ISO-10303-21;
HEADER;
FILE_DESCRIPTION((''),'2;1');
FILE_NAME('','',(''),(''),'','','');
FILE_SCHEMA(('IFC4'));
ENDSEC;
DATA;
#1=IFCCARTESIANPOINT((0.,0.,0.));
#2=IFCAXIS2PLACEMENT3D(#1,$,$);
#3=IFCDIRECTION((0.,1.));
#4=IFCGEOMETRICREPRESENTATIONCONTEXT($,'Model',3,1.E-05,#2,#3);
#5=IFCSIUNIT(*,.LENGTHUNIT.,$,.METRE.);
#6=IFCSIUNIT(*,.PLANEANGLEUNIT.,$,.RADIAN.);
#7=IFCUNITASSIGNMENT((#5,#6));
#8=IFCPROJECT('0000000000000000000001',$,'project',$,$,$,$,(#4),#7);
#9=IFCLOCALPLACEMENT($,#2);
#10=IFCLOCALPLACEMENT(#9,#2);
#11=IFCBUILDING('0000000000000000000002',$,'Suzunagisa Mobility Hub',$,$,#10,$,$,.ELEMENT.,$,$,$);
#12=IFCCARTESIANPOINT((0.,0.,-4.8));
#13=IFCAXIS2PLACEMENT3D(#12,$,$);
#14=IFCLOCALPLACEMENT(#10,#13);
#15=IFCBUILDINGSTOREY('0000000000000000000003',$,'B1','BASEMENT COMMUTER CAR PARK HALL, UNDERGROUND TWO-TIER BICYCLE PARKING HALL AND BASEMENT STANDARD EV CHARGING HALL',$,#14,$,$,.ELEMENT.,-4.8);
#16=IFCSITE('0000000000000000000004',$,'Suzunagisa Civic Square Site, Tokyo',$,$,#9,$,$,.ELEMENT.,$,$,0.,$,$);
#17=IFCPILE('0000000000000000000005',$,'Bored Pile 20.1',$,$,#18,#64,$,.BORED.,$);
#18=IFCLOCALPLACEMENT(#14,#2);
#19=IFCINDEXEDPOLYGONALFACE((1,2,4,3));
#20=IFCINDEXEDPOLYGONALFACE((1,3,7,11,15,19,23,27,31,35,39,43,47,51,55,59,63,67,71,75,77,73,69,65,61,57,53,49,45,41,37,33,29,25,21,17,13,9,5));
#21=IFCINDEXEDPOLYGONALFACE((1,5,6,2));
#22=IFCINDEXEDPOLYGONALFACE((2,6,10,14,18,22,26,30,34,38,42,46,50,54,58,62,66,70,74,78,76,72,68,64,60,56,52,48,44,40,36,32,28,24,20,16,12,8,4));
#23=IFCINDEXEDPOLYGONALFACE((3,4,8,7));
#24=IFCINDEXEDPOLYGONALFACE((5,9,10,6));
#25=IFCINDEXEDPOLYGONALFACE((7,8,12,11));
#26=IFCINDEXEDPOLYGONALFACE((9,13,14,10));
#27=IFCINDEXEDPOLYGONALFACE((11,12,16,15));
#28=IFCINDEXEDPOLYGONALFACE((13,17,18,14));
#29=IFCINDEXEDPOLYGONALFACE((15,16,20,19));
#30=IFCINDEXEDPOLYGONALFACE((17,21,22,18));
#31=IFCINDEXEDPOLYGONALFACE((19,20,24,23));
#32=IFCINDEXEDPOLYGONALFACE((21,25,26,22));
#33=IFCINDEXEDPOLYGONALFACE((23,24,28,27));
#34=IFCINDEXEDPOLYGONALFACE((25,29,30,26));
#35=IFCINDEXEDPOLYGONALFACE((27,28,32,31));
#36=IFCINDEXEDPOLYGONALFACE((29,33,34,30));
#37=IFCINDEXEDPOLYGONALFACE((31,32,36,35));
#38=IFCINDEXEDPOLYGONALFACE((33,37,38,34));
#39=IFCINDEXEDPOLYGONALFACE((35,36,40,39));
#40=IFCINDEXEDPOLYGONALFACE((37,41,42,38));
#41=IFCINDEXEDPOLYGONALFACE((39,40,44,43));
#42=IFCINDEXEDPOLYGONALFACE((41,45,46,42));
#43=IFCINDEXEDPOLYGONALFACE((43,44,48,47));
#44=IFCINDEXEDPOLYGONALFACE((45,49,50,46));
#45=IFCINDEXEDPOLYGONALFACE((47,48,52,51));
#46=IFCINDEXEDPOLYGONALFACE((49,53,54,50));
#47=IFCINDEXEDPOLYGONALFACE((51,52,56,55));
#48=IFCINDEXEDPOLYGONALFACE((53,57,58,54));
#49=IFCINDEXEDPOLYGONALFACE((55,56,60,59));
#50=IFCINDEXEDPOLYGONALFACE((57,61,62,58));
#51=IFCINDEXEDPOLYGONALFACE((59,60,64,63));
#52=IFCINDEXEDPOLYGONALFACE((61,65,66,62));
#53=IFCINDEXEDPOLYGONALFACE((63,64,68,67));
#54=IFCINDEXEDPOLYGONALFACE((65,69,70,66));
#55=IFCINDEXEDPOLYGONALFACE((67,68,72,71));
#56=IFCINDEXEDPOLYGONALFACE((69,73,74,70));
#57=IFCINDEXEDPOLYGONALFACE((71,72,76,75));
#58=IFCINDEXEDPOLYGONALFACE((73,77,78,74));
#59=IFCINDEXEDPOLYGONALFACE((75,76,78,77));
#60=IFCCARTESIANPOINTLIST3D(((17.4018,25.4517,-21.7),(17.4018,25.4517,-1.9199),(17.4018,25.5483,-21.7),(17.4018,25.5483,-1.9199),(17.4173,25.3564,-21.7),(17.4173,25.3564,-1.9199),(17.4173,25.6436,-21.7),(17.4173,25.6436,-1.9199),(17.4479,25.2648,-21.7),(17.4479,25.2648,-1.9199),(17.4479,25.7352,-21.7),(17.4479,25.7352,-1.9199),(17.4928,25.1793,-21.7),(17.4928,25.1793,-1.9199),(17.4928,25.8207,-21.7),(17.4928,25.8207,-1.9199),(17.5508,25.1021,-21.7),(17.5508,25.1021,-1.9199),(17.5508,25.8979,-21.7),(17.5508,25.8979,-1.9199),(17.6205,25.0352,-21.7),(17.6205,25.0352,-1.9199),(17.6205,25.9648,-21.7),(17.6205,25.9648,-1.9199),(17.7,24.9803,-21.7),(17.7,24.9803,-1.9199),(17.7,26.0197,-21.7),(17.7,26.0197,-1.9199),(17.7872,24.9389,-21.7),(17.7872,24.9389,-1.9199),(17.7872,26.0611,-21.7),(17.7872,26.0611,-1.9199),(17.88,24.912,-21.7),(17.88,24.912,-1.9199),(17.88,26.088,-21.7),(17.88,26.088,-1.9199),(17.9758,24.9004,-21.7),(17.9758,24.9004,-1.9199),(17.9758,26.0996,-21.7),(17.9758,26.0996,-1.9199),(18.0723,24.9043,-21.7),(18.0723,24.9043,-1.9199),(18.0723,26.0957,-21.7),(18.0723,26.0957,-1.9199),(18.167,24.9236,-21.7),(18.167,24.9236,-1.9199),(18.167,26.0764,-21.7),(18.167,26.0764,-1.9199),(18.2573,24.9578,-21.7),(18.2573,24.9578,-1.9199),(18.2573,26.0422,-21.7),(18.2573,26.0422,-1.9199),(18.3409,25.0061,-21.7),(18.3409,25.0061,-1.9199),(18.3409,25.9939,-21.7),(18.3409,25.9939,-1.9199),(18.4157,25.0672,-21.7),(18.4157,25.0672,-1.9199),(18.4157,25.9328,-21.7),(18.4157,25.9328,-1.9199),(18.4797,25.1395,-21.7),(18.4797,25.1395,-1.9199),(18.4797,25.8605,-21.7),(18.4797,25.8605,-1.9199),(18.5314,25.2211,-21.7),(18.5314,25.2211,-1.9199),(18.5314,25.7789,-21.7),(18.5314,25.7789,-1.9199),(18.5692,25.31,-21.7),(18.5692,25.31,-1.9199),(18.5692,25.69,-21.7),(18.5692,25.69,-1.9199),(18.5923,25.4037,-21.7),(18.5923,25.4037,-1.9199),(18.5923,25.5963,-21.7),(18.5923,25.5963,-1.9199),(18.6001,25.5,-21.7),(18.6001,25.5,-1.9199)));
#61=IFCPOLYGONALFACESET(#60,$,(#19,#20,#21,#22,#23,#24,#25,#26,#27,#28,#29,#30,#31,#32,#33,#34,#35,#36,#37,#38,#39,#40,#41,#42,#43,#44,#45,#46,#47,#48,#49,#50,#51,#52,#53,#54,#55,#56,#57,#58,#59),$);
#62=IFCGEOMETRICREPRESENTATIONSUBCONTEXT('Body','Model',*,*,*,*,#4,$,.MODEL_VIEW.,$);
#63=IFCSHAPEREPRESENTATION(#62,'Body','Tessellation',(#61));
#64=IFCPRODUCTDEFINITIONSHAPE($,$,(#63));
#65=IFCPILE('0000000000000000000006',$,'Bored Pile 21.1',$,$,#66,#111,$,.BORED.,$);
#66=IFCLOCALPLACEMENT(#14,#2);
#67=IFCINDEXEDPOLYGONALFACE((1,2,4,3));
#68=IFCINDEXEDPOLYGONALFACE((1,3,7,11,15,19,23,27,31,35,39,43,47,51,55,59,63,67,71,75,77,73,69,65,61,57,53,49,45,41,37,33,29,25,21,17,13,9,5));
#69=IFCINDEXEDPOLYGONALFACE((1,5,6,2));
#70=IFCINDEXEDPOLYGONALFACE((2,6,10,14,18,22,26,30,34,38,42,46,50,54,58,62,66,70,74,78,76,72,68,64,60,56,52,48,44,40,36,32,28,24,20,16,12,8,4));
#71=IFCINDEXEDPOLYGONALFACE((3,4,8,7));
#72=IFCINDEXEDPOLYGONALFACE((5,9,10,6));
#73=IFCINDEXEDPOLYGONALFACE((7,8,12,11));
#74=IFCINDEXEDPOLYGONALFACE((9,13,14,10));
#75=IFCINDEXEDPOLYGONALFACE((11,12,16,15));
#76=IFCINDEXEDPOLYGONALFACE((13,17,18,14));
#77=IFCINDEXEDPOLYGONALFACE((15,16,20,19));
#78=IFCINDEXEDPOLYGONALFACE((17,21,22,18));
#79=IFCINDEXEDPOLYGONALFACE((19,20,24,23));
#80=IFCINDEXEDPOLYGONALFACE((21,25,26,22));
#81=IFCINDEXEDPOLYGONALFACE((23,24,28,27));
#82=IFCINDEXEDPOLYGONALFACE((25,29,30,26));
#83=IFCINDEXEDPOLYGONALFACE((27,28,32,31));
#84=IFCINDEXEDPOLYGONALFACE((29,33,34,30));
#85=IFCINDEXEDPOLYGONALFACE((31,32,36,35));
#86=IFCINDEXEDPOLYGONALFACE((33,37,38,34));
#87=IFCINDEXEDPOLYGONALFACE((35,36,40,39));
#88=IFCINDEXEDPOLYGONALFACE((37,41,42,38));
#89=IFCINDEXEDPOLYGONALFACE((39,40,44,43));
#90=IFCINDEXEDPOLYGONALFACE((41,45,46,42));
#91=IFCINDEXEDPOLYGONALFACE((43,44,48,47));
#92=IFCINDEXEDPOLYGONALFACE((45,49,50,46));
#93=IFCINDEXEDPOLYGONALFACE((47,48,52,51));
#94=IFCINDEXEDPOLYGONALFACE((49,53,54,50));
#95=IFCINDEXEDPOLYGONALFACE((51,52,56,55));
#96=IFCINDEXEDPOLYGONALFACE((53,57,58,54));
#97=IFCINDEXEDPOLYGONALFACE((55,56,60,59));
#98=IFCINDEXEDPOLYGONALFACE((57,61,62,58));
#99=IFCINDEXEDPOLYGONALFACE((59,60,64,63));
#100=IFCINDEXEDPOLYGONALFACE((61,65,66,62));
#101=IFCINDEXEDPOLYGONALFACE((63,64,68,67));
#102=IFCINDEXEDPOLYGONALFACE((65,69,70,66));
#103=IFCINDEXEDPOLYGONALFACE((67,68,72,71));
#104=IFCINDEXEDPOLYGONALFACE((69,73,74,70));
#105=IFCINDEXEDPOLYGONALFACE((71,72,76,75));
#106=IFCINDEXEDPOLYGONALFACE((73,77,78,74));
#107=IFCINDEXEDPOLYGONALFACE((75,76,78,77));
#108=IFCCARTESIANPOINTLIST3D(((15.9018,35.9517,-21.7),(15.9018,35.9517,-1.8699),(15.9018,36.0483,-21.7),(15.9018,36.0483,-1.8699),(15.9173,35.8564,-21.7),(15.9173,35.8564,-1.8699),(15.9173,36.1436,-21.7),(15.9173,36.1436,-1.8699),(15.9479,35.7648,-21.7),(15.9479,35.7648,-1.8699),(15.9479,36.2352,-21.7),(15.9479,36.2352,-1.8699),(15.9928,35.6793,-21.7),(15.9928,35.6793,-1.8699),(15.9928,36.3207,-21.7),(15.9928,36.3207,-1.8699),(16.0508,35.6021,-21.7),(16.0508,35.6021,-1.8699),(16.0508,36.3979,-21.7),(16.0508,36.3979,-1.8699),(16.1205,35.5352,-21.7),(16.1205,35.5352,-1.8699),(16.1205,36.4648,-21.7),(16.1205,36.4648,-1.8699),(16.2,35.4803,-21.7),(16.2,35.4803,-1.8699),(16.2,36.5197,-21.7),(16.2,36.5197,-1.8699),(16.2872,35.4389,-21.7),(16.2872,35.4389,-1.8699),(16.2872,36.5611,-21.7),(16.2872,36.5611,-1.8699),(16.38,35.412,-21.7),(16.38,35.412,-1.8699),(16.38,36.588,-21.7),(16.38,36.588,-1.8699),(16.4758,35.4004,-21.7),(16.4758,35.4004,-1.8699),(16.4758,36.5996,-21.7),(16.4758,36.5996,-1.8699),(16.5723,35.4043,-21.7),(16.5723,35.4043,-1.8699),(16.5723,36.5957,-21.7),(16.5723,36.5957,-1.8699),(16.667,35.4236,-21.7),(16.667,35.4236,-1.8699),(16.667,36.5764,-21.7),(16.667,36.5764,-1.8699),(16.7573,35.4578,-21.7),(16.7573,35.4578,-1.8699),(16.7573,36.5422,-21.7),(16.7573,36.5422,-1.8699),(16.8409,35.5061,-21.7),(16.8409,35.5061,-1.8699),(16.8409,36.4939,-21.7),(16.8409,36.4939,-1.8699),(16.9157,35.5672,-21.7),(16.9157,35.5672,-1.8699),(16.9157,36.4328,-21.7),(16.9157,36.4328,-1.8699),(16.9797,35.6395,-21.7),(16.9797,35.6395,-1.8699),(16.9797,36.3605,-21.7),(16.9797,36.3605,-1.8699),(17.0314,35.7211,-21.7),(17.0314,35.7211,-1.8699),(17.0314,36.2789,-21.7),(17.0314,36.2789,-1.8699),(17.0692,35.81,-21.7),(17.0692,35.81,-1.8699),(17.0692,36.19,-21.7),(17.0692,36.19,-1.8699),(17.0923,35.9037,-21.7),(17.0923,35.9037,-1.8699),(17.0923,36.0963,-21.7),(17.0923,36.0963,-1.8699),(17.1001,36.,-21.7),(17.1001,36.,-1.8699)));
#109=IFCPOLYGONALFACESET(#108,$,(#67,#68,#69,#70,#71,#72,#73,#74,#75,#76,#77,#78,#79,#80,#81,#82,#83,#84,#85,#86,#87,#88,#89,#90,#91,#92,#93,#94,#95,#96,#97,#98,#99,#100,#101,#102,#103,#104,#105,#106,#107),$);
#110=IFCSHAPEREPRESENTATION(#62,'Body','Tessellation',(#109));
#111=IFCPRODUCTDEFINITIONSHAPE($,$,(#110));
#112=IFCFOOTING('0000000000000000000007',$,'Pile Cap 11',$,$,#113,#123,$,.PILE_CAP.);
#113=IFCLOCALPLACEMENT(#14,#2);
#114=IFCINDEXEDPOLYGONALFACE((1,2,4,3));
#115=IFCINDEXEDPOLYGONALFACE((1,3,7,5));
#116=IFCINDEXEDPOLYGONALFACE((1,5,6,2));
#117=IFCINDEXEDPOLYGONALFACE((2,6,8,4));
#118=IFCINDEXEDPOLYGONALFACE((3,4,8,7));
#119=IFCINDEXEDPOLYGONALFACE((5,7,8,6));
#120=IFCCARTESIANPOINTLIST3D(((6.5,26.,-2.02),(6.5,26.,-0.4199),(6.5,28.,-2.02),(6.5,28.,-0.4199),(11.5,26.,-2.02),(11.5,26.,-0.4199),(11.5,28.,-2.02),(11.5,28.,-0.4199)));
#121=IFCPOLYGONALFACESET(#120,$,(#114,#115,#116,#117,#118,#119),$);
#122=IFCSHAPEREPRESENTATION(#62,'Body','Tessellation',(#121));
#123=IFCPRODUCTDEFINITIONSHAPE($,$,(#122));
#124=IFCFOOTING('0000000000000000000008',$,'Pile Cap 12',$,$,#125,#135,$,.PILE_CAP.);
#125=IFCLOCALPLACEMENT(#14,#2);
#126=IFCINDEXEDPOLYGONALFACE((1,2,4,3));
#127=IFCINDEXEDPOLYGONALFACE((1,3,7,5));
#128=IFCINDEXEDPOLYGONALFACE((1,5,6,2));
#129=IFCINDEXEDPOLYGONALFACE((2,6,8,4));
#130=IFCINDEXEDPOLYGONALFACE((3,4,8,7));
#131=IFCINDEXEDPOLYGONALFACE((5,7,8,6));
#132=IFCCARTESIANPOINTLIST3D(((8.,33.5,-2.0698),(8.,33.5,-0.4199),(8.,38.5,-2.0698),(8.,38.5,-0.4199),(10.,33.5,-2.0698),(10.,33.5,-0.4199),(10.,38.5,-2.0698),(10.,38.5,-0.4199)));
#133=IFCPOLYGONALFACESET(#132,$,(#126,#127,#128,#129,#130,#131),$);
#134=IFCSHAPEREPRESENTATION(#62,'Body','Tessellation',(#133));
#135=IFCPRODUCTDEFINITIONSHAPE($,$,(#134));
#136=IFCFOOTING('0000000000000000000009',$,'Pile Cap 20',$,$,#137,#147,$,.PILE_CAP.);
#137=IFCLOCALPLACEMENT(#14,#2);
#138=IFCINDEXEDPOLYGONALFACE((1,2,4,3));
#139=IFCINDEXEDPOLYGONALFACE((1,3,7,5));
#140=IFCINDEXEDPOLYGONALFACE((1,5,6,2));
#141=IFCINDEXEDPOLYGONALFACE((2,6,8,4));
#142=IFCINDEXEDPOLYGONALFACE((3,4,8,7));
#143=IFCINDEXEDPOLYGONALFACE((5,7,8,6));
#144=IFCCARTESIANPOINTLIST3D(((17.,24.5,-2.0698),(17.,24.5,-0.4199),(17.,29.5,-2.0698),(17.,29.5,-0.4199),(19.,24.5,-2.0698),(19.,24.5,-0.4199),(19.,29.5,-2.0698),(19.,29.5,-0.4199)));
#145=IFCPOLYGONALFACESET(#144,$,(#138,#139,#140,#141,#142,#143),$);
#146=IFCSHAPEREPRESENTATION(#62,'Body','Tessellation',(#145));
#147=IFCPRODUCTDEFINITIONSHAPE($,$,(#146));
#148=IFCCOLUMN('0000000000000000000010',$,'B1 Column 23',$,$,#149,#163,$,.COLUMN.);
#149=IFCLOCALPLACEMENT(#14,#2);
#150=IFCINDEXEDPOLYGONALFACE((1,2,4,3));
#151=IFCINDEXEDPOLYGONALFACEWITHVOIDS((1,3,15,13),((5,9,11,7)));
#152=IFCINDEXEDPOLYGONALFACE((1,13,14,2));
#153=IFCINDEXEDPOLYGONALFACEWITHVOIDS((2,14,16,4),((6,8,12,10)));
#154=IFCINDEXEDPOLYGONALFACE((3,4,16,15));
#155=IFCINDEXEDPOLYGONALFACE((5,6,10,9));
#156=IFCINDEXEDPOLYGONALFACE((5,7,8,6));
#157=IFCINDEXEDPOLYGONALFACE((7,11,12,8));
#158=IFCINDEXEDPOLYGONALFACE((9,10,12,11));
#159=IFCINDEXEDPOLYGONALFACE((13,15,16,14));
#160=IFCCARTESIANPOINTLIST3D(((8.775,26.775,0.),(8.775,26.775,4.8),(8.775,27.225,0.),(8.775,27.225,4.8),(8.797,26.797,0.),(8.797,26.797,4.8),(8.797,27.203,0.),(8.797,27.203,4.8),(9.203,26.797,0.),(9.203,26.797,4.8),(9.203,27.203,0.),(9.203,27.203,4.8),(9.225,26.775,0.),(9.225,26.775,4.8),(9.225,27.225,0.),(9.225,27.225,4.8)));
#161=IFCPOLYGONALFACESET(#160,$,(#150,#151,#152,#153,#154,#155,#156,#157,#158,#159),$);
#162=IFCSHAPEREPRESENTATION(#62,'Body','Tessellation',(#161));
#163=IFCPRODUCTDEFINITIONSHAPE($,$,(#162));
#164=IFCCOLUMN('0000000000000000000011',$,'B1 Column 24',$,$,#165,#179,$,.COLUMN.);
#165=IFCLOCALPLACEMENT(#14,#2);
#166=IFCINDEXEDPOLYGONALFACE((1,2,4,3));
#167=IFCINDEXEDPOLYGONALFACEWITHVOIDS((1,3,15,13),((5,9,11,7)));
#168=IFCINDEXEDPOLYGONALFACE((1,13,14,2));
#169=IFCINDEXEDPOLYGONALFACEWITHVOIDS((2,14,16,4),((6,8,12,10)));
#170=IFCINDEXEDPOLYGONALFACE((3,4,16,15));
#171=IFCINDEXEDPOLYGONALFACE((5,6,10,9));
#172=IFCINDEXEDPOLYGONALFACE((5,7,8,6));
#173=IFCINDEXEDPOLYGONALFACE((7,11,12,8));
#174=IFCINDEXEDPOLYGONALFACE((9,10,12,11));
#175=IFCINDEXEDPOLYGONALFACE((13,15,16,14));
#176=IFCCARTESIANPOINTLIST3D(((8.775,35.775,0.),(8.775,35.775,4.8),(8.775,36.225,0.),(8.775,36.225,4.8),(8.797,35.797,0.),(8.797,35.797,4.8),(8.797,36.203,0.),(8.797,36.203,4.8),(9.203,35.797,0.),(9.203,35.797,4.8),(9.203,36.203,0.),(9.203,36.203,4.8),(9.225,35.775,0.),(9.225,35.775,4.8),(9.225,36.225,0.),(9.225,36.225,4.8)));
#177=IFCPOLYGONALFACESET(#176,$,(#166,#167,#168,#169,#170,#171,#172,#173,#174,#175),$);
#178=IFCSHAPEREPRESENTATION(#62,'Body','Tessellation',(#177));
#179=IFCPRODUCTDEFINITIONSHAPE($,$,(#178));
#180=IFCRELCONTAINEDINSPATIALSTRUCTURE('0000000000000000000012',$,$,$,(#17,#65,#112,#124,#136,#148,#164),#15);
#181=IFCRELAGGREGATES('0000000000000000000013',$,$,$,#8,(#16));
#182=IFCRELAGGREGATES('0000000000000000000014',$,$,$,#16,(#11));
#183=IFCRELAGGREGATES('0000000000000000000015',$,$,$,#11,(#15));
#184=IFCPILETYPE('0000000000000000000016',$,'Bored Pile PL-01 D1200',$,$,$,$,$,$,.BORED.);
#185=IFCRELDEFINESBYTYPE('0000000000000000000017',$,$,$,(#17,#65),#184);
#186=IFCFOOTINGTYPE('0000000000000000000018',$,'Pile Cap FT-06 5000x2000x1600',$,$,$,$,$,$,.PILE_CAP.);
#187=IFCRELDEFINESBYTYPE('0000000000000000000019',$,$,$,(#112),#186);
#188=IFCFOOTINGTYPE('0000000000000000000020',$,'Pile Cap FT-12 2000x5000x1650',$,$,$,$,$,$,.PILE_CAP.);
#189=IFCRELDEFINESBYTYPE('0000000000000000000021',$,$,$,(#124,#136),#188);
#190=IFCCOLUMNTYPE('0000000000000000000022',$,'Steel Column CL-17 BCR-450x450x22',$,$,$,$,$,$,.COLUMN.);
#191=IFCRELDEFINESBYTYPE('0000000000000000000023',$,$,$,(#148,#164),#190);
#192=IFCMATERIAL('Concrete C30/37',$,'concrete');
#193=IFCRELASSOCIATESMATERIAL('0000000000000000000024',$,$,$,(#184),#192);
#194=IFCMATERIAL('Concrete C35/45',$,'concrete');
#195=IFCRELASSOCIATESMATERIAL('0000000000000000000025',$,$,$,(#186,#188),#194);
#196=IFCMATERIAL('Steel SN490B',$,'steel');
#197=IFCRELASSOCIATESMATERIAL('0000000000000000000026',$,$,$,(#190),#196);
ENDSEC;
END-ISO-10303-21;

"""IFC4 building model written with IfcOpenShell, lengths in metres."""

from ifc_helpers import new_model, si_unit, direction, frame, origin, origin_2d, place, context, subcontext, project, spatial, rectangle, hollow_rectangle, circle, extrude, material, material_profile, profile_set, type_object, element, save


model = new_model("IFC4")

# Units and contexts
model_context = context("Model", 3, precision=1e-05, world=origin(), true_north=direction((0.0, 1.0)))
body_context = subcontext(model_context, "Body", "Model", "MODEL_VIEW")
ifc_project = project(units=[si_unit("LENGTHUNIT", "METRE"), si_unit("PLANEANGLEUNIT", "RADIAN")], contexts=[model_context])

# Site, building, storey
site_placement = place(None, origin())
site = spatial("IfcSite", under=ifc_project, at=site_placement, Name="Suzunagisa Civic Square Site, Tokyo", CompositionType="ELEMENT", RefElevation=0.0)
building_placement = place(site_placement, origin())
building = spatial("IfcBuilding", under=site, at=building_placement, Name="Suzunagisa Mobility Hub", CompositionType="ELEMENT")
storey_placement = place(building_placement, frame((0.0, 0.0, -4.8)))
storey = spatial("IfcBuildingStorey", under=building, at=storey_placement, Name="B1", Description="BASEMENT COMMUTER CAR PARK HALL, UNDERGROUND TWO-TIER BICYCLE PARKING HALL AND BASEMENT STANDARD EV CHARGING HALL", CompositionType="ELEMENT", Elevation=-4.8)

# Piles
ifc_material_1 = material(Name="Concrete C30/37", Category="concrete")
ifc_material_profile_1 = material_profile(ifc_material_1, circle(Radius=0.6001, at=origin_2d()), Name="BORED PILE D1200")
ifc_profile_set_1 = profile_set([ifc_material_profile_1], Name="Concrete C30/37")
pile_type = type_object("IfcPileType", Name="Bored Pile PL-01 D1200", PredefinedType="BORED", material=ifc_profile_set_1)
for number, where, z_axis, x_axis, name in (
    (1, (18.0, 25.5, -1.9199), (0.0, 0.0, -1.0), (1.0, 0.0, 0.0), "Bored Pile 20.1"),
):
    element("IfcPile", number, at=place(storey_placement, frame(where, z_axis=z_axis, x_axis=x_axis)), inside=storey, type_object=pile_type, Name=name, PredefinedType="BORED", context=body_context, shape_type="SweptSolid", body=[
        extrude(circle(Radius=0.6001, at=origin_2d()), origin(), (0.0, 0.0, 1.0), 19.78),
    ])
pile_placement = place(storey_placement, frame((16.5, 36.0, -1.8699), z_axis=(0.0, 0.0, -1.0), x_axis=(1.0, 0.0, 0.0)))
element("IfcPile", 2, at=pile_placement, inside=storey, type_object=pile_type, Name="Bored Pile 21.1", PredefinedType="BORED", context=body_context, shape_type="SweptSolid", body=[
    extrude(circle(Radius=0.6001, at=origin_2d()), origin(), (0.0, 0.0, 1.0), 19.8301),
])

# Footings
ifc_material_2 = material(Name="Concrete C35/45", Category="concrete")
footing_type_1 = type_object("IfcFootingType", Name="Pile Cap FT-06 5000x2000x1600", PredefinedType="PILE_CAP", material=ifc_material_2)
footing_placement = place(storey_placement, frame((9.0, 27.0, -2.02), z_axis=(0.0, 0.0, 1.0), x_axis=(1.0, 0.0, 0.0)))
element("IfcFooting", 3, at=footing_placement, inside=storey, type_object=footing_type_1, Name="Pile Cap 11", PredefinedType="PILE_CAP", context=body_context, shape_type="SweptSolid", body=[
    extrude(rectangle(XDim=5.0, YDim=2.0, at=origin_2d()), origin(), (0.0, 0.0, 1.0), 1.6001),
])
footing_type_2 = type_object("IfcFootingType", Name="Pile Cap FT-12 2000x5000x1650", PredefinedType="PILE_CAP", material=ifc_material_2)
for number, where, z_axis, x_axis, name in (
    (4, (9.0, 36.0, -2.0698), (0.0, 0.0, 1.0), (1.0, 0.0, 0.0), "Pile Cap 12"),
    (5, (18.0, 27.0, -2.0698), (0.0, 0.0, 1.0), (1.0, 0.0, 0.0), "Pile Cap 20"),
):
    element("IfcFooting", number, at=place(storey_placement, frame(where, z_axis=z_axis, x_axis=x_axis)), inside=storey, type_object=footing_type_2, Name=name, PredefinedType="PILE_CAP", context=body_context, shape_type="SweptSolid", body=[
        extrude(rectangle(XDim=2.0, YDim=5.0, at=origin_2d()), origin(), (0.0, 0.0, 1.0), 1.6499),
    ])

# Columns
ifc_material_3 = material(Name="Steel SN490B", Category="steel")
ifc_material_profile_2 = material_profile(ifc_material_3, hollow_rectangle(XDim=0.45, YDim=0.45, WallThickness=0.022, at=origin_2d()), Name="BCR-450x450x22")
ifc_profile_set_2 = profile_set([ifc_material_profile_2], Name="Steel SN490B")
column_type = type_object("IfcColumnType", Name="Steel Column CL-17 BCR-450x450x22", PredefinedType="COLUMN", material=ifc_profile_set_2)
for number, where, z_axis, x_axis, name in (
    (6, (9.0, 27.0, 0.0), (0.0, 0.0, 1.0), (1.0, 0.0, 0.0), "B1 Column 23"),
    (7, (9.0, 36.0, 0.0), (0.0, 0.0, 1.0), (1.0, 0.0, 0.0), "B1 Column 24"),
):
    element("IfcColumn", number, at=place(storey_placement, frame(where, z_axis=z_axis, x_axis=x_axis)), inside=storey, type_object=column_type, Name=name, PredefinedType="COLUMN", context=body_context, shape_type="SweptSolid", body=[
        extrude(hollow_rectangle(XDim=0.45, YDim=0.45, WallThickness=0.022, at=origin_2d()), origin(), (0.0, 0.0, 1.0), 4.8),
    ])

save(model, "model.ifc")
